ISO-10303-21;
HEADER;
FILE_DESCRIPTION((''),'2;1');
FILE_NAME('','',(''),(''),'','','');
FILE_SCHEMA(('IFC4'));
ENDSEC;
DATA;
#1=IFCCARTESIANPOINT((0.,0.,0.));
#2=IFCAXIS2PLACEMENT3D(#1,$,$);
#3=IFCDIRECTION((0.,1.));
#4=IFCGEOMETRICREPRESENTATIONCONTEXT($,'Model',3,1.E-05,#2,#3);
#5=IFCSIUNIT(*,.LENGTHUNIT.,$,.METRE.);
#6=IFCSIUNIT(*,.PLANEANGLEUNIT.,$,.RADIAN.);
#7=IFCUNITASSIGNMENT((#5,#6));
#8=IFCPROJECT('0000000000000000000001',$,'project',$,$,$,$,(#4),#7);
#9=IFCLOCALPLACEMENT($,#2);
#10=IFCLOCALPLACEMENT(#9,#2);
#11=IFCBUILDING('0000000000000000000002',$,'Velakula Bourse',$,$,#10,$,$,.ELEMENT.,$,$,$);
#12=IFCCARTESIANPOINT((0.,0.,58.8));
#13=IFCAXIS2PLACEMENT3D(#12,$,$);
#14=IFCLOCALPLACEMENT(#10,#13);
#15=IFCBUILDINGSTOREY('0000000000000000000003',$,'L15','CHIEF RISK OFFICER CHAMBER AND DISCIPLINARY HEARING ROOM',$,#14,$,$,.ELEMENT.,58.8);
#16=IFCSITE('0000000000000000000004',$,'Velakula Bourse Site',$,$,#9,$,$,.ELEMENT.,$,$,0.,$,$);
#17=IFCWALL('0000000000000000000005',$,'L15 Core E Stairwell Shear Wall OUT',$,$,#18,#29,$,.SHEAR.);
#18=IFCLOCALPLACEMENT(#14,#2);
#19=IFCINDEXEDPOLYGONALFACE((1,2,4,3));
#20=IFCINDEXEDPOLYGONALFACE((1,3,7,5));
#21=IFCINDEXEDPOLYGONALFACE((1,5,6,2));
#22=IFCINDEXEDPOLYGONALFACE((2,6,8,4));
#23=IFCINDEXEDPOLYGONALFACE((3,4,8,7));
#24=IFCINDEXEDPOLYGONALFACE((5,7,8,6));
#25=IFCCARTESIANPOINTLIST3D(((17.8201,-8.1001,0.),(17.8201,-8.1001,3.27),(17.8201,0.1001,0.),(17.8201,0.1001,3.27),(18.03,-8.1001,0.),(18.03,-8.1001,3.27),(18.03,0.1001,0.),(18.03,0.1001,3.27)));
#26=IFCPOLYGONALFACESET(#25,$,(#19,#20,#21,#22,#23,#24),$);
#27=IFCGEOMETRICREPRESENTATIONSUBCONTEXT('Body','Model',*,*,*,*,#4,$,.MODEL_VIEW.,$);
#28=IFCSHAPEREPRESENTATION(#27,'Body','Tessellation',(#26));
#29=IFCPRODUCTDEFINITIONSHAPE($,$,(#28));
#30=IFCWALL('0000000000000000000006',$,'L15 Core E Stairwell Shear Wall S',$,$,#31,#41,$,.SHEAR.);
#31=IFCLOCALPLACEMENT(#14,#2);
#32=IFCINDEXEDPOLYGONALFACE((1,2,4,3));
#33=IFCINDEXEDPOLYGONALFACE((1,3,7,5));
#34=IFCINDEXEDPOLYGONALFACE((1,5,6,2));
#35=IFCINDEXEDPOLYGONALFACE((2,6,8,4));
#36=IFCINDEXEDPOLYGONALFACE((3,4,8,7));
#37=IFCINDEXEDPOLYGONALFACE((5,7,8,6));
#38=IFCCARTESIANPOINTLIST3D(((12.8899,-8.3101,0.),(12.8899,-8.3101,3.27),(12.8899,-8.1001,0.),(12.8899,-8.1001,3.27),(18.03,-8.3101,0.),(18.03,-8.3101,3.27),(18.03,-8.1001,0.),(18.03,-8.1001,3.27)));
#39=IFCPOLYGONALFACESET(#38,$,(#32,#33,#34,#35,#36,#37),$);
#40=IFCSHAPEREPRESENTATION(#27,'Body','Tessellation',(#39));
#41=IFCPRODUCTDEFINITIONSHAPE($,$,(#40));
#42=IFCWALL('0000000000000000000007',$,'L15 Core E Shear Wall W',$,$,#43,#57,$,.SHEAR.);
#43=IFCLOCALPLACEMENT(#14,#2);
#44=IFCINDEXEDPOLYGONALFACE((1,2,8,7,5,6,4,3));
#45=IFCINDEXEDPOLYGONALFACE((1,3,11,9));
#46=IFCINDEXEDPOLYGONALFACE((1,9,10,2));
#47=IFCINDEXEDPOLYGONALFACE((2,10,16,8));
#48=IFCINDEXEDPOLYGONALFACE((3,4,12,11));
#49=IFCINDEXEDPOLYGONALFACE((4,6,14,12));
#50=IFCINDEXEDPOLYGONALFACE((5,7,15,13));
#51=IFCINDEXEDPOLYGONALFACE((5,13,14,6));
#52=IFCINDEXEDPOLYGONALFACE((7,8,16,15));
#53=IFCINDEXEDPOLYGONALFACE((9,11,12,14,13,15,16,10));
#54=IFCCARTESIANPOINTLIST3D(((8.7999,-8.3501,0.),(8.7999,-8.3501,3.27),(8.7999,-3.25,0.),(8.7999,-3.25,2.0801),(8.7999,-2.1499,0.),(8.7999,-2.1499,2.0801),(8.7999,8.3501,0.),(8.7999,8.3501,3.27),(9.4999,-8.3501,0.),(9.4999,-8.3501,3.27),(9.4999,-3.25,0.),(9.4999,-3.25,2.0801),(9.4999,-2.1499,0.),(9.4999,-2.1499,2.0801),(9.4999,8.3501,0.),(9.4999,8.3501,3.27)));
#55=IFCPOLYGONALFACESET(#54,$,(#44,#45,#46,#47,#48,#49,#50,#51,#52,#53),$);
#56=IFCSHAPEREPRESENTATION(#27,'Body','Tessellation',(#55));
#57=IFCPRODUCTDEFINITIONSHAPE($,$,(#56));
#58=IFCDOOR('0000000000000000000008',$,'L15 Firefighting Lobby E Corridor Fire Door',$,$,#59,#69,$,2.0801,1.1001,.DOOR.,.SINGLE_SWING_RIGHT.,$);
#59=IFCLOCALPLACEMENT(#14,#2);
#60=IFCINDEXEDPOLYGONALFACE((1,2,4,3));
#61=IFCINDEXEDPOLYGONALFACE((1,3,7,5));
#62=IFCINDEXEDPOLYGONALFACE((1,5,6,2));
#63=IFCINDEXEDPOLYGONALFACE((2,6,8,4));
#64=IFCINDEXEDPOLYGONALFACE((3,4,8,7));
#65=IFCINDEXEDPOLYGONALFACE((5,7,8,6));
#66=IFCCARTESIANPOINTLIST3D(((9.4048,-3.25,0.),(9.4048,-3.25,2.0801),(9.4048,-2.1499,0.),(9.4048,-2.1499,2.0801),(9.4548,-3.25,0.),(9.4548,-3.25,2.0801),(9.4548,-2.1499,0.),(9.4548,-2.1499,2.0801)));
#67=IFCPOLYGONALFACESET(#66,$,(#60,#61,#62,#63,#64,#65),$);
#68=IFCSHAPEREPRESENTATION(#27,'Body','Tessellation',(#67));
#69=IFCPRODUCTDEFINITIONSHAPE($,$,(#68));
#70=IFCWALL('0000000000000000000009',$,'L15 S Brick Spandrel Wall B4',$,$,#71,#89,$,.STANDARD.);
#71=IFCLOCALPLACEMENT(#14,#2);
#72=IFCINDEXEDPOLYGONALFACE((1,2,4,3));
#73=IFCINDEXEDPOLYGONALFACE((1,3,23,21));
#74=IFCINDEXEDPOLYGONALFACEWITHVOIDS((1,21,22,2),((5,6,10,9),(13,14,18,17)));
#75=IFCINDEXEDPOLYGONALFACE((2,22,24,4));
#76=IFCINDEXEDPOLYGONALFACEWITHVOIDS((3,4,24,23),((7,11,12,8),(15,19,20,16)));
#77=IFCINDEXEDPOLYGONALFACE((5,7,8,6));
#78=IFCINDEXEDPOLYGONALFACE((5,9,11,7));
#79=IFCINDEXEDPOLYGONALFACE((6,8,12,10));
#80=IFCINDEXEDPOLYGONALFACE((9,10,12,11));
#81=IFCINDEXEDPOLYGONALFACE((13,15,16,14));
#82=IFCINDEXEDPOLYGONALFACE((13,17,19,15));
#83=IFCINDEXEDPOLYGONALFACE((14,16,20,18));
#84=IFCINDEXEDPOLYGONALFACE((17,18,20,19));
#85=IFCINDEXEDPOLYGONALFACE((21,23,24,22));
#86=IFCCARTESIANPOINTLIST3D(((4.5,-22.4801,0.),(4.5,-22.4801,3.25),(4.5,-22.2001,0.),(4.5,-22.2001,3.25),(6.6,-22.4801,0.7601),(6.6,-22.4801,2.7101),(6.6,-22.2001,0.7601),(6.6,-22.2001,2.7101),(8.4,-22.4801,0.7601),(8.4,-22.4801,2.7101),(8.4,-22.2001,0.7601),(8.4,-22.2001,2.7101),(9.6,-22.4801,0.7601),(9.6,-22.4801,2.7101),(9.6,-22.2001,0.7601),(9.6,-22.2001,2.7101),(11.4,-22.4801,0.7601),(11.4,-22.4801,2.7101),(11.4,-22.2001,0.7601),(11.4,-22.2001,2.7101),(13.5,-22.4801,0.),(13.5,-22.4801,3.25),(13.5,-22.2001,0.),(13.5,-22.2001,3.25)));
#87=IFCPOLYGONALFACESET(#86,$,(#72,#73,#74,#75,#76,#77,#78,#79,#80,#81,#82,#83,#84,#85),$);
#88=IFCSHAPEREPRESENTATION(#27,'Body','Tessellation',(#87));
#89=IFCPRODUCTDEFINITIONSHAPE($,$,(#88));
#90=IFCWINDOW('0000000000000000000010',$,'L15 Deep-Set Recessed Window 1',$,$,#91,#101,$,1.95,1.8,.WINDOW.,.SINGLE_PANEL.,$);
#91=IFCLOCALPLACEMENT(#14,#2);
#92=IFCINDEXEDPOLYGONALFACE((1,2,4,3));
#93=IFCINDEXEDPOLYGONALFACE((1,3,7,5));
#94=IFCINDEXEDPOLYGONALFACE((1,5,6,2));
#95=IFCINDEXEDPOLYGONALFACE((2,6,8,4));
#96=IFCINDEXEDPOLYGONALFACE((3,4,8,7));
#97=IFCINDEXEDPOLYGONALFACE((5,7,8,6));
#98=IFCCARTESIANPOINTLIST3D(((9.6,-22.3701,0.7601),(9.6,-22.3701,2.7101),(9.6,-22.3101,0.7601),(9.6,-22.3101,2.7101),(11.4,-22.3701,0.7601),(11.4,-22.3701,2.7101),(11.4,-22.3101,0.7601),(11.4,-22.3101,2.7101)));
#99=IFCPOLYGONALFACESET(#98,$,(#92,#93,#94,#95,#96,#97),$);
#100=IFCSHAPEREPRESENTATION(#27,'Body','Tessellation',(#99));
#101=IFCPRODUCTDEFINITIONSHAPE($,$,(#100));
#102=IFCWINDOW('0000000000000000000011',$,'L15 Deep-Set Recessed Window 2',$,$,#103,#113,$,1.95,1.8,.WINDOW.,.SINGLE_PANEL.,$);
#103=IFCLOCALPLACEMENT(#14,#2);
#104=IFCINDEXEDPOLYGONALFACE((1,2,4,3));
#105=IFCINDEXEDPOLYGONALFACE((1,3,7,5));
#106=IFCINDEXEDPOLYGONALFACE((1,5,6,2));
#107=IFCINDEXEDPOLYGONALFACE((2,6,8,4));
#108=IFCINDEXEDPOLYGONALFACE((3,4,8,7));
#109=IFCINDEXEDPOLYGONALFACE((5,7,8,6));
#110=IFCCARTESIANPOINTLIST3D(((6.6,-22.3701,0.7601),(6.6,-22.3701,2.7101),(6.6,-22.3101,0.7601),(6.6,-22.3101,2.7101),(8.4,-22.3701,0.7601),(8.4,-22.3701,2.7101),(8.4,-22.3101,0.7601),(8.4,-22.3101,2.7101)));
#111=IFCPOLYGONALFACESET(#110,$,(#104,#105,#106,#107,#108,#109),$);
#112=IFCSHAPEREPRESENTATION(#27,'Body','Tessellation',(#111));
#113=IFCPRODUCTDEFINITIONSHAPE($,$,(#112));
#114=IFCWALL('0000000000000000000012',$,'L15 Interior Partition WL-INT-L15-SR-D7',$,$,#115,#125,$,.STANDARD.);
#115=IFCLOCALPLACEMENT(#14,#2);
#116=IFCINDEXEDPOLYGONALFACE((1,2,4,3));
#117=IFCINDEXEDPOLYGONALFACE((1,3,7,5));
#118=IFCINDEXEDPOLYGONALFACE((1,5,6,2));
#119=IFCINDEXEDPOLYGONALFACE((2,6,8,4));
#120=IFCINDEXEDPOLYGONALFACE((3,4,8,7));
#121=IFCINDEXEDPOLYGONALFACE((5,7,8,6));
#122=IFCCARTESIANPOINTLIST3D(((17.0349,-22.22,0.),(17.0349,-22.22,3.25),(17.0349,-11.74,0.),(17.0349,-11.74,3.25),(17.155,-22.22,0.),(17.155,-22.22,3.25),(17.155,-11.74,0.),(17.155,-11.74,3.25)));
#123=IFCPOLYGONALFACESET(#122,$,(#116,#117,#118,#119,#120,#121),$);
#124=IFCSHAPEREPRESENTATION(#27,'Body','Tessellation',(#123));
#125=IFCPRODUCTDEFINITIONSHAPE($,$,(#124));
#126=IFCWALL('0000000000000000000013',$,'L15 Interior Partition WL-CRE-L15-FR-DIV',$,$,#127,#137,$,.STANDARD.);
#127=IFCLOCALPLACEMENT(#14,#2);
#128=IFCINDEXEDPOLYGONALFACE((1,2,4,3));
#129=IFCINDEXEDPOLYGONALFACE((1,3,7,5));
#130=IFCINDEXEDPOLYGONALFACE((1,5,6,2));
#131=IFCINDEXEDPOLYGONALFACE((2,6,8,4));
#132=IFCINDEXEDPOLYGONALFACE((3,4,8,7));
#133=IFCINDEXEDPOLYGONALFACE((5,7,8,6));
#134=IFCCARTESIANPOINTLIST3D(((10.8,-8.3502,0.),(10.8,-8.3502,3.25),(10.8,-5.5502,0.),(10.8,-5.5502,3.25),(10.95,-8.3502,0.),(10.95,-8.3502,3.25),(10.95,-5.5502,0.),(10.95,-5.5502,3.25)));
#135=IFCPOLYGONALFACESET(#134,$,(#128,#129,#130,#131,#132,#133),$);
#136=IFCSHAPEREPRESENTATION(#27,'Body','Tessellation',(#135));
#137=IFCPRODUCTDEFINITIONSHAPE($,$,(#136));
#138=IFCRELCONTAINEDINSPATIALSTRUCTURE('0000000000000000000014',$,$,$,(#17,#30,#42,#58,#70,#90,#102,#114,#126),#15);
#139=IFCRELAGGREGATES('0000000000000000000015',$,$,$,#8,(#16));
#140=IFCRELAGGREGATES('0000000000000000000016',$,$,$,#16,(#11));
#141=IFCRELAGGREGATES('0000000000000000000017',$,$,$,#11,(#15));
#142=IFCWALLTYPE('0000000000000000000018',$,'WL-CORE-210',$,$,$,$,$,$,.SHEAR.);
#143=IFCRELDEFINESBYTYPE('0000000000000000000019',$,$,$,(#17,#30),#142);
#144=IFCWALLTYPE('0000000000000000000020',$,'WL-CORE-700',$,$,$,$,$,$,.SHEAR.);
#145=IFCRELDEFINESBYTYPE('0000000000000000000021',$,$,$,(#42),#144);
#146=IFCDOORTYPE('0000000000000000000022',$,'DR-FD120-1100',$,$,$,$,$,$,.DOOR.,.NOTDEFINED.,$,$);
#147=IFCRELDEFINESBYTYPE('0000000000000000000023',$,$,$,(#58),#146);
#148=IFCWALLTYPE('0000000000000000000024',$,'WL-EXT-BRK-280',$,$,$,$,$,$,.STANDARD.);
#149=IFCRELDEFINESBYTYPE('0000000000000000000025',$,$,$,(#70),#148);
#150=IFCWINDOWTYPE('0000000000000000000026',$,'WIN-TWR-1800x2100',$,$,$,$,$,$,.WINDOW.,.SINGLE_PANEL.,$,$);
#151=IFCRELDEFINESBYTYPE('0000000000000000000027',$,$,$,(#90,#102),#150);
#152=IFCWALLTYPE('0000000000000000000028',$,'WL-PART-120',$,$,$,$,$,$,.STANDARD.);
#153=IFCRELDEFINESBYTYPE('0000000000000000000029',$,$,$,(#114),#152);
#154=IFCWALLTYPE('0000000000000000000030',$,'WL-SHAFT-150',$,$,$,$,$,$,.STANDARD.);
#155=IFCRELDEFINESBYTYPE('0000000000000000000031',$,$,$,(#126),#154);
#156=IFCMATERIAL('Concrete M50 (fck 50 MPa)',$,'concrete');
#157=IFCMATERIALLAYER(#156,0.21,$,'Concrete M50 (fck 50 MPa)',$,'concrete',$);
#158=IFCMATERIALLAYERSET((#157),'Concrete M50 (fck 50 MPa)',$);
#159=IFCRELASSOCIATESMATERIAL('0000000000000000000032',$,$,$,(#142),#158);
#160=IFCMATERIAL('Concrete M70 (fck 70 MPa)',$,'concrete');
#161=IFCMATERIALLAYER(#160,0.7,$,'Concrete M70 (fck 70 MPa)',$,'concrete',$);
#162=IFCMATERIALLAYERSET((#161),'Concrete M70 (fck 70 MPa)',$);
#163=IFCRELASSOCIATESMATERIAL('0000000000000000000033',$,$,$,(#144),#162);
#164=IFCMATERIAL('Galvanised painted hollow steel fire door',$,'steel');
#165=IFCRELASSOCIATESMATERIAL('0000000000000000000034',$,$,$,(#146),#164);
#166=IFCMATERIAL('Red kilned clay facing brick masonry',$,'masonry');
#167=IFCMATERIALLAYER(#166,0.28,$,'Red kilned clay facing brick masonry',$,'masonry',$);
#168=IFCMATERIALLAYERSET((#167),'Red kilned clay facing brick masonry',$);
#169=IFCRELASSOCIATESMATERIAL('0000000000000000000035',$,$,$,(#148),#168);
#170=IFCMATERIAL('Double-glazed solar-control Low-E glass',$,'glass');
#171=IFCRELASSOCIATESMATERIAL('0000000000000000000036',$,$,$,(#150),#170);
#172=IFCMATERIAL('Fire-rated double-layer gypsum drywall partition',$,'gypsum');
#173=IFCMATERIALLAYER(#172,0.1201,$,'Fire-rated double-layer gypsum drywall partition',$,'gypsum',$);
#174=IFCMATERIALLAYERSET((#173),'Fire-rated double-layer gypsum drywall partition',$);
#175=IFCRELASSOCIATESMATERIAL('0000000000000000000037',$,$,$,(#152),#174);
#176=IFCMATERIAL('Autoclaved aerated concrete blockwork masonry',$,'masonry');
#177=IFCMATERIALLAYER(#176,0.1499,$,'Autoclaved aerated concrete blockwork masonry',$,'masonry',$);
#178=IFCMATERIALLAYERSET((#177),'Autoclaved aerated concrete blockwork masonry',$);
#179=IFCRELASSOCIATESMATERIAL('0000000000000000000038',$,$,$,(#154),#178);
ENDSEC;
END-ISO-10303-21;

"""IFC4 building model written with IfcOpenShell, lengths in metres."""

from ifc_helpers import new_model, si_unit, direction, frame, frame_2d, origin, place, context, subcontext, project, spatial, rectangle, extrude, material, layer, layer_set, type_object, element, fill, save


model = new_model("IFC4")

# Units and contexts
model_context = context("Model", 3, precision=1e-05, world=origin(), true_north=direction((0.0, 1.0)))
body_context = subcontext(model_context, "Body", "Model", "MODEL_VIEW")
ifc_project = project(units=[si_unit("LENGTHUNIT", "METRE"), si_unit("PLANEANGLEUNIT", "RADIAN")], contexts=[model_context])

# Site, building, storey
site_placement = place(None, origin())
site = spatial("IfcSite", under=ifc_project, at=site_placement, Name="Velakula Bourse Site", CompositionType="ELEMENT", RefElevation=0.0)
building_placement = place(site_placement, origin())
building = spatial("IfcBuilding", under=site, at=building_placement, Name="Velakula Bourse", CompositionType="ELEMENT")
storey_placement = place(building_placement, frame((0.0, 0.0, 58.8)))
storey = spatial("IfcBuildingStorey", under=building, at=storey_placement, Name="L15", Description="CHIEF RISK OFFICER CHAMBER AND DISCIPLINARY HEARING ROOM", CompositionType="ELEMENT", Elevation=58.8)

# Shared definitions
ifc_material_1 = material(Name="Concrete M50 (fck 50 MPa)", Category="concrete")
ifc_layer_1 = layer(ifc_material_1, 0.21, Name="Concrete M50 (fck 50 MPa)", Category="concrete")
ifc_layer_set_1 = layer_set([ifc_layer_1], Name="Concrete M50 (fck 50 MPa)")
wall_type_1 = type_object("IfcWallType", Name="WL-CORE-210", PredefinedType="SHEAR", material=ifc_layer_set_1)
ifc_material_2 = material(Name="Galvanised painted hollow steel fire door", Category="steel")

# Walls
wall_1_placement = place(storey_placement, frame((17.925, -8.1001, 0.0), z_axis=(0.0, 0.0, 1.0), x_axis=(0.0, 1.0, 0.0)))
element("IfcWall", 1, at=wall_1_placement, inside=storey, type_object=wall_type_1, Name="L15 Core E Stairwell Shear Wall OUT", PredefinedType="SHEAR", context=body_context, shape_type="SweptSolid", body=[
    extrude(rectangle(XDim=8.2002, YDim=0.21, at=frame_2d((4.1001, 0.0))), origin(), (0.0, 0.0, 1.0), 3.27),
])
wall_2_placement = place(storey_placement, frame((12.8899, -8.2051, 0.0), z_axis=(0.0, 0.0, 1.0), x_axis=(1.0, 0.0, 0.0)))
element("IfcWall", 2, at=wall_2_placement, inside=storey, type_object=wall_type_1, Name="L15 Core E Stairwell Shear Wall S", PredefinedType="SHEAR", context=body_context, shape_type="SweptSolid", body=[
    extrude(rectangle(XDim=5.1401, YDim=0.21, at=frame_2d((2.5701, 0.0))), origin(), (0.0, 0.0, 1.0), 3.27),
])

# Wall, opening, door
ifc_material_3 = material(Name="Concrete M70 (fck 70 MPa)", Category="concrete")
ifc_layer_2 = layer(ifc_material_3, 0.7, Name="Concrete M70 (fck 70 MPa)", Category="concrete")
ifc_layer_set_2 = layer_set([ifc_layer_2], Name="Concrete M70 (fck 70 MPa)")
wall_type_2 = type_object("IfcWallType", Name="WL-CORE-700", PredefinedType="SHEAR", material=ifc_layer_set_2)
wall_3_placement = place(storey_placement, frame((9.1499, -8.3501, 0.0), z_axis=(0.0, 0.0, 1.0), x_axis=(0.0, 1.0, 0.0)))
wall_3 = element("IfcWall", 3, at=wall_3_placement, inside=storey, type_object=wall_type_2, Name="L15 Core E Shear Wall W", PredefinedType="SHEAR", context=body_context, shape_type="SweptSolid", body=[
    extrude(rectangle(XDim=16.7002, YDim=0.7, at=frame_2d((8.3501, 0.0))), origin(), (0.0, 0.0, 1.0), 3.27),
])
opening_1_placement = place(wall_3_placement, frame((5.1001, 0.0, 0.0)))
opening_1 = element("IfcOpeningElement", 4, at=opening_1_placement, cuts=wall_3, PredefinedType="OPENING", context=body_context, shape_type="SweptSolid", body=[
    extrude(rectangle(XDim=1.1001, YDim=2.0801, at=frame_2d((0.55, 1.04))), frame((0.0, 0.3599, 0.0), z_axis=(0.0, -1.0, 0.0), x_axis=(1.0, 0.0, 0.0)), (0.0, 0.0, 1.0), 0.72),
])
door_type_1 = type_object("IfcDoorType", Name="DR-FD120-1100", OperationType="NOTDEFINED", PredefinedType="DOOR", material=ifc_material_2)
door_1_placement = place(opening_1_placement, origin())
door_1 = element("IfcDoor", 5, at=door_1_placement, inside=storey, type_object=door_type_1, Name="L15 Firefighting Lobby E Corridor Fire Door", OperationType="SINGLE_SWING_RIGHT", OverallHeight=2.0801, OverallWidth=1.1001, PredefinedType="DOOR", context=body_context, shape_type="SweptSolid", body=[
    extrude(rectangle(XDim=1.1001, YDim=2.0801, at=frame_2d((0.55, 1.04))), frame((0.0, -0.2549, 0.0), z_axis=(0.0, -1.0, 0.0), x_axis=(1.0, 0.0, 0.0)), (0.0, 0.0, 1.0), 0.05),
])
fill(opening_1, door_1)

# Wall, openings, windows
ifc_material_4 = material(Name="Red kilned clay facing brick masonry", Category="masonry")
ifc_layer_3 = layer(ifc_material_4, 0.28, Name="Red kilned clay facing brick masonry", Category="masonry")
ifc_layer_set_3 = layer_set([ifc_layer_3], Name="Red kilned clay facing brick masonry")
wall_type_3 = type_object("IfcWallType", Name="WL-EXT-BRK-280", PredefinedType="STANDARD", material=ifc_layer_set_3)
wall_4_placement = place(storey_placement, frame((13.5, -22.3401, 0.0), z_axis=(0.0, 0.0, 1.0), x_axis=(-1.0, 0.0, 0.0)))
wall_4 = element("IfcWall", 6, at=wall_4_placement, inside=storey, type_object=wall_type_3, Name="L15 S Brick Spandrel Wall B4", PredefinedType="STANDARD", context=body_context, shape_type="SweptSolid", body=[
    extrude(rectangle(XDim=9.0, YDim=0.28, at=frame_2d((4.5, 0.0))), origin(), (0.0, 0.0, 1.0), 3.25),
])
opening_2_placement = place(wall_4_placement, frame((2.1001, 0.0, 0.76)))
opening_2 = element("IfcOpeningElement", 7, at=opening_2_placement, cuts=wall_4, PredefinedType="OPENING", context=body_context, shape_type="SweptSolid", body=[
    extrude(rectangle(XDim=1.8, YDim=1.95, at=frame_2d((0.8999, 0.9751))), frame((0.0, 0.1499, 0.0), z_axis=(0.0, -1.0, 0.0), x_axis=(1.0, 0.0, 0.0)), (0.0, 0.0, 1.0), 0.3),
])
opening_3_placement = place(wall_4_placement, frame((5.1001, 0.0, 0.76)))
opening_3 = element("IfcOpeningElement", 8, at=opening_3_placement, cuts=wall_4, PredefinedType="OPENING", context=body_context, shape_type="SweptSolid", body=[
    extrude(rectangle(XDim=1.8, YDim=1.95, at=frame_2d((0.8999, 0.9751))), frame((0.0, 0.1499, 0.0), z_axis=(0.0, -1.0, 0.0), x_axis=(1.0, 0.0, 0.0)), (0.0, 0.0, 1.0), 0.3),
])
ifc_material_5 = material(Name="Double-glazed solar-control Low-E glass", Category="glass")
window_type = type_object("IfcWindowType", Name="WIN-TWR-1800x2100", PartitioningType="SINGLE_PANEL", PredefinedType="WINDOW", material=ifc_material_5)
window_1_placement = place(opening_2_placement, origin())
window_1 = element("IfcWindow", 9, at=window_1_placement, inside=storey, type_object=window_type, Name="L15 Deep-Set Recessed Window 1", OverallHeight=1.95, OverallWidth=1.8, PartitioningType="SINGLE_PANEL", PredefinedType="WINDOW", context=body_context, shape_type="SweptSolid", body=[
    extrude(rectangle(XDim=1.8, YDim=1.95, at=frame_2d((0.8999, 0.9751))), frame((0.0, 0.03, 0.0), z_axis=(0.0, -1.0, 0.0), x_axis=(1.0, 0.0, 0.0)), (0.0, 0.0, 1.0), 0.0601),
])
fill(opening_2, window_1)
window_2_placement = place(opening_3_placement, origin())
window_2 = element("IfcWindow", 10, at=window_2_placement, inside=storey, type_object=window_type, Name="L15 Deep-Set Recessed Window 2", OverallHeight=1.95, OverallWidth=1.8, PartitioningType="SINGLE_PANEL", PredefinedType="WINDOW", context=body_context, shape_type="SweptSolid", body=[
    extrude(rectangle(XDim=1.8, YDim=1.95, at=frame_2d((0.8999, 0.9751))), frame((0.0, 0.03, 0.0), z_axis=(0.0, -1.0, 0.0), x_axis=(1.0, 0.0, 0.0)), (0.0, 0.0, 1.0), 0.0601),
])
fill(opening_3, window_2)

# Wall
ifc_material_6 = material(Name="Fire-rated double-layer gypsum drywall partition", Category="gypsum")
ifc_layer_4 = layer(ifc_material_6, 0.1201, Name="Fire-rated double-layer gypsum drywall partition", Category="gypsum")
ifc_layer_set_4 = layer_set([ifc_layer_4], Name="Fire-rated double-layer gypsum drywall partition")
wall_type_4 = type_object("IfcWallType", Name="WL-PART-120", PredefinedType="STANDARD", material=ifc_layer_set_4)
wall_5_placement = place(storey_placement, frame((17.095, -22.22, 0.0), z_axis=(0.0, 0.0, 1.0), x_axis=(0.0, 1.0, 0.0)))
element("IfcWall", 11, at=wall_5_placement, inside=storey, type_object=wall_type_4, Name="L15 Interior Partition WL-INT-L15-SR-D7", PredefinedType="STANDARD", context=body_context, shape_type="SweptSolid", body=[
    extrude(rectangle(XDim=10.48, YDim=0.1201, at=frame_2d((5.24, 0.0))), origin(), (0.0, 0.0, 1.0), 3.25),
])

# Shared definitions
ifc_material_7 = material(Name="Autoclaved aerated concrete blockwork masonry", Category="masonry")
ifc_layer_5 = layer(ifc_material_7, 0.1499, Name="Autoclaved aerated concrete blockwork masonry", Category="masonry")
ifc_layer_set_5 = layer_set([ifc_layer_5], Name="Autoclaved aerated concrete blockwork masonry")
wall_type_5 = type_object("IfcWallType", Name="WL-SHAFT-150", PredefinedType="STANDARD", material=ifc_layer_set_5)

# Wall
wall_6_placement = place(storey_placement, frame((10.875, -8.3501, 0.0), z_axis=(0.0, 0.0, 1.0), x_axis=(0.0, 1.0, 0.0)))
element("IfcWall", 12, at=wall_6_placement, inside=storey, type_object=wall_type_5, Name="L15 Interior Partition WL-CRE-L15-FR-DIV", PredefinedType="STANDARD", context=body_context, shape_type="SweptSolid", body=[
    extrude(rectangle(XDim=2.8, YDim=0.1499, at=frame_2d((1.3999, 0.0))), origin(), (0.0, 0.0, 1.0), 3.25),
])

save(model, "model.ifc")
